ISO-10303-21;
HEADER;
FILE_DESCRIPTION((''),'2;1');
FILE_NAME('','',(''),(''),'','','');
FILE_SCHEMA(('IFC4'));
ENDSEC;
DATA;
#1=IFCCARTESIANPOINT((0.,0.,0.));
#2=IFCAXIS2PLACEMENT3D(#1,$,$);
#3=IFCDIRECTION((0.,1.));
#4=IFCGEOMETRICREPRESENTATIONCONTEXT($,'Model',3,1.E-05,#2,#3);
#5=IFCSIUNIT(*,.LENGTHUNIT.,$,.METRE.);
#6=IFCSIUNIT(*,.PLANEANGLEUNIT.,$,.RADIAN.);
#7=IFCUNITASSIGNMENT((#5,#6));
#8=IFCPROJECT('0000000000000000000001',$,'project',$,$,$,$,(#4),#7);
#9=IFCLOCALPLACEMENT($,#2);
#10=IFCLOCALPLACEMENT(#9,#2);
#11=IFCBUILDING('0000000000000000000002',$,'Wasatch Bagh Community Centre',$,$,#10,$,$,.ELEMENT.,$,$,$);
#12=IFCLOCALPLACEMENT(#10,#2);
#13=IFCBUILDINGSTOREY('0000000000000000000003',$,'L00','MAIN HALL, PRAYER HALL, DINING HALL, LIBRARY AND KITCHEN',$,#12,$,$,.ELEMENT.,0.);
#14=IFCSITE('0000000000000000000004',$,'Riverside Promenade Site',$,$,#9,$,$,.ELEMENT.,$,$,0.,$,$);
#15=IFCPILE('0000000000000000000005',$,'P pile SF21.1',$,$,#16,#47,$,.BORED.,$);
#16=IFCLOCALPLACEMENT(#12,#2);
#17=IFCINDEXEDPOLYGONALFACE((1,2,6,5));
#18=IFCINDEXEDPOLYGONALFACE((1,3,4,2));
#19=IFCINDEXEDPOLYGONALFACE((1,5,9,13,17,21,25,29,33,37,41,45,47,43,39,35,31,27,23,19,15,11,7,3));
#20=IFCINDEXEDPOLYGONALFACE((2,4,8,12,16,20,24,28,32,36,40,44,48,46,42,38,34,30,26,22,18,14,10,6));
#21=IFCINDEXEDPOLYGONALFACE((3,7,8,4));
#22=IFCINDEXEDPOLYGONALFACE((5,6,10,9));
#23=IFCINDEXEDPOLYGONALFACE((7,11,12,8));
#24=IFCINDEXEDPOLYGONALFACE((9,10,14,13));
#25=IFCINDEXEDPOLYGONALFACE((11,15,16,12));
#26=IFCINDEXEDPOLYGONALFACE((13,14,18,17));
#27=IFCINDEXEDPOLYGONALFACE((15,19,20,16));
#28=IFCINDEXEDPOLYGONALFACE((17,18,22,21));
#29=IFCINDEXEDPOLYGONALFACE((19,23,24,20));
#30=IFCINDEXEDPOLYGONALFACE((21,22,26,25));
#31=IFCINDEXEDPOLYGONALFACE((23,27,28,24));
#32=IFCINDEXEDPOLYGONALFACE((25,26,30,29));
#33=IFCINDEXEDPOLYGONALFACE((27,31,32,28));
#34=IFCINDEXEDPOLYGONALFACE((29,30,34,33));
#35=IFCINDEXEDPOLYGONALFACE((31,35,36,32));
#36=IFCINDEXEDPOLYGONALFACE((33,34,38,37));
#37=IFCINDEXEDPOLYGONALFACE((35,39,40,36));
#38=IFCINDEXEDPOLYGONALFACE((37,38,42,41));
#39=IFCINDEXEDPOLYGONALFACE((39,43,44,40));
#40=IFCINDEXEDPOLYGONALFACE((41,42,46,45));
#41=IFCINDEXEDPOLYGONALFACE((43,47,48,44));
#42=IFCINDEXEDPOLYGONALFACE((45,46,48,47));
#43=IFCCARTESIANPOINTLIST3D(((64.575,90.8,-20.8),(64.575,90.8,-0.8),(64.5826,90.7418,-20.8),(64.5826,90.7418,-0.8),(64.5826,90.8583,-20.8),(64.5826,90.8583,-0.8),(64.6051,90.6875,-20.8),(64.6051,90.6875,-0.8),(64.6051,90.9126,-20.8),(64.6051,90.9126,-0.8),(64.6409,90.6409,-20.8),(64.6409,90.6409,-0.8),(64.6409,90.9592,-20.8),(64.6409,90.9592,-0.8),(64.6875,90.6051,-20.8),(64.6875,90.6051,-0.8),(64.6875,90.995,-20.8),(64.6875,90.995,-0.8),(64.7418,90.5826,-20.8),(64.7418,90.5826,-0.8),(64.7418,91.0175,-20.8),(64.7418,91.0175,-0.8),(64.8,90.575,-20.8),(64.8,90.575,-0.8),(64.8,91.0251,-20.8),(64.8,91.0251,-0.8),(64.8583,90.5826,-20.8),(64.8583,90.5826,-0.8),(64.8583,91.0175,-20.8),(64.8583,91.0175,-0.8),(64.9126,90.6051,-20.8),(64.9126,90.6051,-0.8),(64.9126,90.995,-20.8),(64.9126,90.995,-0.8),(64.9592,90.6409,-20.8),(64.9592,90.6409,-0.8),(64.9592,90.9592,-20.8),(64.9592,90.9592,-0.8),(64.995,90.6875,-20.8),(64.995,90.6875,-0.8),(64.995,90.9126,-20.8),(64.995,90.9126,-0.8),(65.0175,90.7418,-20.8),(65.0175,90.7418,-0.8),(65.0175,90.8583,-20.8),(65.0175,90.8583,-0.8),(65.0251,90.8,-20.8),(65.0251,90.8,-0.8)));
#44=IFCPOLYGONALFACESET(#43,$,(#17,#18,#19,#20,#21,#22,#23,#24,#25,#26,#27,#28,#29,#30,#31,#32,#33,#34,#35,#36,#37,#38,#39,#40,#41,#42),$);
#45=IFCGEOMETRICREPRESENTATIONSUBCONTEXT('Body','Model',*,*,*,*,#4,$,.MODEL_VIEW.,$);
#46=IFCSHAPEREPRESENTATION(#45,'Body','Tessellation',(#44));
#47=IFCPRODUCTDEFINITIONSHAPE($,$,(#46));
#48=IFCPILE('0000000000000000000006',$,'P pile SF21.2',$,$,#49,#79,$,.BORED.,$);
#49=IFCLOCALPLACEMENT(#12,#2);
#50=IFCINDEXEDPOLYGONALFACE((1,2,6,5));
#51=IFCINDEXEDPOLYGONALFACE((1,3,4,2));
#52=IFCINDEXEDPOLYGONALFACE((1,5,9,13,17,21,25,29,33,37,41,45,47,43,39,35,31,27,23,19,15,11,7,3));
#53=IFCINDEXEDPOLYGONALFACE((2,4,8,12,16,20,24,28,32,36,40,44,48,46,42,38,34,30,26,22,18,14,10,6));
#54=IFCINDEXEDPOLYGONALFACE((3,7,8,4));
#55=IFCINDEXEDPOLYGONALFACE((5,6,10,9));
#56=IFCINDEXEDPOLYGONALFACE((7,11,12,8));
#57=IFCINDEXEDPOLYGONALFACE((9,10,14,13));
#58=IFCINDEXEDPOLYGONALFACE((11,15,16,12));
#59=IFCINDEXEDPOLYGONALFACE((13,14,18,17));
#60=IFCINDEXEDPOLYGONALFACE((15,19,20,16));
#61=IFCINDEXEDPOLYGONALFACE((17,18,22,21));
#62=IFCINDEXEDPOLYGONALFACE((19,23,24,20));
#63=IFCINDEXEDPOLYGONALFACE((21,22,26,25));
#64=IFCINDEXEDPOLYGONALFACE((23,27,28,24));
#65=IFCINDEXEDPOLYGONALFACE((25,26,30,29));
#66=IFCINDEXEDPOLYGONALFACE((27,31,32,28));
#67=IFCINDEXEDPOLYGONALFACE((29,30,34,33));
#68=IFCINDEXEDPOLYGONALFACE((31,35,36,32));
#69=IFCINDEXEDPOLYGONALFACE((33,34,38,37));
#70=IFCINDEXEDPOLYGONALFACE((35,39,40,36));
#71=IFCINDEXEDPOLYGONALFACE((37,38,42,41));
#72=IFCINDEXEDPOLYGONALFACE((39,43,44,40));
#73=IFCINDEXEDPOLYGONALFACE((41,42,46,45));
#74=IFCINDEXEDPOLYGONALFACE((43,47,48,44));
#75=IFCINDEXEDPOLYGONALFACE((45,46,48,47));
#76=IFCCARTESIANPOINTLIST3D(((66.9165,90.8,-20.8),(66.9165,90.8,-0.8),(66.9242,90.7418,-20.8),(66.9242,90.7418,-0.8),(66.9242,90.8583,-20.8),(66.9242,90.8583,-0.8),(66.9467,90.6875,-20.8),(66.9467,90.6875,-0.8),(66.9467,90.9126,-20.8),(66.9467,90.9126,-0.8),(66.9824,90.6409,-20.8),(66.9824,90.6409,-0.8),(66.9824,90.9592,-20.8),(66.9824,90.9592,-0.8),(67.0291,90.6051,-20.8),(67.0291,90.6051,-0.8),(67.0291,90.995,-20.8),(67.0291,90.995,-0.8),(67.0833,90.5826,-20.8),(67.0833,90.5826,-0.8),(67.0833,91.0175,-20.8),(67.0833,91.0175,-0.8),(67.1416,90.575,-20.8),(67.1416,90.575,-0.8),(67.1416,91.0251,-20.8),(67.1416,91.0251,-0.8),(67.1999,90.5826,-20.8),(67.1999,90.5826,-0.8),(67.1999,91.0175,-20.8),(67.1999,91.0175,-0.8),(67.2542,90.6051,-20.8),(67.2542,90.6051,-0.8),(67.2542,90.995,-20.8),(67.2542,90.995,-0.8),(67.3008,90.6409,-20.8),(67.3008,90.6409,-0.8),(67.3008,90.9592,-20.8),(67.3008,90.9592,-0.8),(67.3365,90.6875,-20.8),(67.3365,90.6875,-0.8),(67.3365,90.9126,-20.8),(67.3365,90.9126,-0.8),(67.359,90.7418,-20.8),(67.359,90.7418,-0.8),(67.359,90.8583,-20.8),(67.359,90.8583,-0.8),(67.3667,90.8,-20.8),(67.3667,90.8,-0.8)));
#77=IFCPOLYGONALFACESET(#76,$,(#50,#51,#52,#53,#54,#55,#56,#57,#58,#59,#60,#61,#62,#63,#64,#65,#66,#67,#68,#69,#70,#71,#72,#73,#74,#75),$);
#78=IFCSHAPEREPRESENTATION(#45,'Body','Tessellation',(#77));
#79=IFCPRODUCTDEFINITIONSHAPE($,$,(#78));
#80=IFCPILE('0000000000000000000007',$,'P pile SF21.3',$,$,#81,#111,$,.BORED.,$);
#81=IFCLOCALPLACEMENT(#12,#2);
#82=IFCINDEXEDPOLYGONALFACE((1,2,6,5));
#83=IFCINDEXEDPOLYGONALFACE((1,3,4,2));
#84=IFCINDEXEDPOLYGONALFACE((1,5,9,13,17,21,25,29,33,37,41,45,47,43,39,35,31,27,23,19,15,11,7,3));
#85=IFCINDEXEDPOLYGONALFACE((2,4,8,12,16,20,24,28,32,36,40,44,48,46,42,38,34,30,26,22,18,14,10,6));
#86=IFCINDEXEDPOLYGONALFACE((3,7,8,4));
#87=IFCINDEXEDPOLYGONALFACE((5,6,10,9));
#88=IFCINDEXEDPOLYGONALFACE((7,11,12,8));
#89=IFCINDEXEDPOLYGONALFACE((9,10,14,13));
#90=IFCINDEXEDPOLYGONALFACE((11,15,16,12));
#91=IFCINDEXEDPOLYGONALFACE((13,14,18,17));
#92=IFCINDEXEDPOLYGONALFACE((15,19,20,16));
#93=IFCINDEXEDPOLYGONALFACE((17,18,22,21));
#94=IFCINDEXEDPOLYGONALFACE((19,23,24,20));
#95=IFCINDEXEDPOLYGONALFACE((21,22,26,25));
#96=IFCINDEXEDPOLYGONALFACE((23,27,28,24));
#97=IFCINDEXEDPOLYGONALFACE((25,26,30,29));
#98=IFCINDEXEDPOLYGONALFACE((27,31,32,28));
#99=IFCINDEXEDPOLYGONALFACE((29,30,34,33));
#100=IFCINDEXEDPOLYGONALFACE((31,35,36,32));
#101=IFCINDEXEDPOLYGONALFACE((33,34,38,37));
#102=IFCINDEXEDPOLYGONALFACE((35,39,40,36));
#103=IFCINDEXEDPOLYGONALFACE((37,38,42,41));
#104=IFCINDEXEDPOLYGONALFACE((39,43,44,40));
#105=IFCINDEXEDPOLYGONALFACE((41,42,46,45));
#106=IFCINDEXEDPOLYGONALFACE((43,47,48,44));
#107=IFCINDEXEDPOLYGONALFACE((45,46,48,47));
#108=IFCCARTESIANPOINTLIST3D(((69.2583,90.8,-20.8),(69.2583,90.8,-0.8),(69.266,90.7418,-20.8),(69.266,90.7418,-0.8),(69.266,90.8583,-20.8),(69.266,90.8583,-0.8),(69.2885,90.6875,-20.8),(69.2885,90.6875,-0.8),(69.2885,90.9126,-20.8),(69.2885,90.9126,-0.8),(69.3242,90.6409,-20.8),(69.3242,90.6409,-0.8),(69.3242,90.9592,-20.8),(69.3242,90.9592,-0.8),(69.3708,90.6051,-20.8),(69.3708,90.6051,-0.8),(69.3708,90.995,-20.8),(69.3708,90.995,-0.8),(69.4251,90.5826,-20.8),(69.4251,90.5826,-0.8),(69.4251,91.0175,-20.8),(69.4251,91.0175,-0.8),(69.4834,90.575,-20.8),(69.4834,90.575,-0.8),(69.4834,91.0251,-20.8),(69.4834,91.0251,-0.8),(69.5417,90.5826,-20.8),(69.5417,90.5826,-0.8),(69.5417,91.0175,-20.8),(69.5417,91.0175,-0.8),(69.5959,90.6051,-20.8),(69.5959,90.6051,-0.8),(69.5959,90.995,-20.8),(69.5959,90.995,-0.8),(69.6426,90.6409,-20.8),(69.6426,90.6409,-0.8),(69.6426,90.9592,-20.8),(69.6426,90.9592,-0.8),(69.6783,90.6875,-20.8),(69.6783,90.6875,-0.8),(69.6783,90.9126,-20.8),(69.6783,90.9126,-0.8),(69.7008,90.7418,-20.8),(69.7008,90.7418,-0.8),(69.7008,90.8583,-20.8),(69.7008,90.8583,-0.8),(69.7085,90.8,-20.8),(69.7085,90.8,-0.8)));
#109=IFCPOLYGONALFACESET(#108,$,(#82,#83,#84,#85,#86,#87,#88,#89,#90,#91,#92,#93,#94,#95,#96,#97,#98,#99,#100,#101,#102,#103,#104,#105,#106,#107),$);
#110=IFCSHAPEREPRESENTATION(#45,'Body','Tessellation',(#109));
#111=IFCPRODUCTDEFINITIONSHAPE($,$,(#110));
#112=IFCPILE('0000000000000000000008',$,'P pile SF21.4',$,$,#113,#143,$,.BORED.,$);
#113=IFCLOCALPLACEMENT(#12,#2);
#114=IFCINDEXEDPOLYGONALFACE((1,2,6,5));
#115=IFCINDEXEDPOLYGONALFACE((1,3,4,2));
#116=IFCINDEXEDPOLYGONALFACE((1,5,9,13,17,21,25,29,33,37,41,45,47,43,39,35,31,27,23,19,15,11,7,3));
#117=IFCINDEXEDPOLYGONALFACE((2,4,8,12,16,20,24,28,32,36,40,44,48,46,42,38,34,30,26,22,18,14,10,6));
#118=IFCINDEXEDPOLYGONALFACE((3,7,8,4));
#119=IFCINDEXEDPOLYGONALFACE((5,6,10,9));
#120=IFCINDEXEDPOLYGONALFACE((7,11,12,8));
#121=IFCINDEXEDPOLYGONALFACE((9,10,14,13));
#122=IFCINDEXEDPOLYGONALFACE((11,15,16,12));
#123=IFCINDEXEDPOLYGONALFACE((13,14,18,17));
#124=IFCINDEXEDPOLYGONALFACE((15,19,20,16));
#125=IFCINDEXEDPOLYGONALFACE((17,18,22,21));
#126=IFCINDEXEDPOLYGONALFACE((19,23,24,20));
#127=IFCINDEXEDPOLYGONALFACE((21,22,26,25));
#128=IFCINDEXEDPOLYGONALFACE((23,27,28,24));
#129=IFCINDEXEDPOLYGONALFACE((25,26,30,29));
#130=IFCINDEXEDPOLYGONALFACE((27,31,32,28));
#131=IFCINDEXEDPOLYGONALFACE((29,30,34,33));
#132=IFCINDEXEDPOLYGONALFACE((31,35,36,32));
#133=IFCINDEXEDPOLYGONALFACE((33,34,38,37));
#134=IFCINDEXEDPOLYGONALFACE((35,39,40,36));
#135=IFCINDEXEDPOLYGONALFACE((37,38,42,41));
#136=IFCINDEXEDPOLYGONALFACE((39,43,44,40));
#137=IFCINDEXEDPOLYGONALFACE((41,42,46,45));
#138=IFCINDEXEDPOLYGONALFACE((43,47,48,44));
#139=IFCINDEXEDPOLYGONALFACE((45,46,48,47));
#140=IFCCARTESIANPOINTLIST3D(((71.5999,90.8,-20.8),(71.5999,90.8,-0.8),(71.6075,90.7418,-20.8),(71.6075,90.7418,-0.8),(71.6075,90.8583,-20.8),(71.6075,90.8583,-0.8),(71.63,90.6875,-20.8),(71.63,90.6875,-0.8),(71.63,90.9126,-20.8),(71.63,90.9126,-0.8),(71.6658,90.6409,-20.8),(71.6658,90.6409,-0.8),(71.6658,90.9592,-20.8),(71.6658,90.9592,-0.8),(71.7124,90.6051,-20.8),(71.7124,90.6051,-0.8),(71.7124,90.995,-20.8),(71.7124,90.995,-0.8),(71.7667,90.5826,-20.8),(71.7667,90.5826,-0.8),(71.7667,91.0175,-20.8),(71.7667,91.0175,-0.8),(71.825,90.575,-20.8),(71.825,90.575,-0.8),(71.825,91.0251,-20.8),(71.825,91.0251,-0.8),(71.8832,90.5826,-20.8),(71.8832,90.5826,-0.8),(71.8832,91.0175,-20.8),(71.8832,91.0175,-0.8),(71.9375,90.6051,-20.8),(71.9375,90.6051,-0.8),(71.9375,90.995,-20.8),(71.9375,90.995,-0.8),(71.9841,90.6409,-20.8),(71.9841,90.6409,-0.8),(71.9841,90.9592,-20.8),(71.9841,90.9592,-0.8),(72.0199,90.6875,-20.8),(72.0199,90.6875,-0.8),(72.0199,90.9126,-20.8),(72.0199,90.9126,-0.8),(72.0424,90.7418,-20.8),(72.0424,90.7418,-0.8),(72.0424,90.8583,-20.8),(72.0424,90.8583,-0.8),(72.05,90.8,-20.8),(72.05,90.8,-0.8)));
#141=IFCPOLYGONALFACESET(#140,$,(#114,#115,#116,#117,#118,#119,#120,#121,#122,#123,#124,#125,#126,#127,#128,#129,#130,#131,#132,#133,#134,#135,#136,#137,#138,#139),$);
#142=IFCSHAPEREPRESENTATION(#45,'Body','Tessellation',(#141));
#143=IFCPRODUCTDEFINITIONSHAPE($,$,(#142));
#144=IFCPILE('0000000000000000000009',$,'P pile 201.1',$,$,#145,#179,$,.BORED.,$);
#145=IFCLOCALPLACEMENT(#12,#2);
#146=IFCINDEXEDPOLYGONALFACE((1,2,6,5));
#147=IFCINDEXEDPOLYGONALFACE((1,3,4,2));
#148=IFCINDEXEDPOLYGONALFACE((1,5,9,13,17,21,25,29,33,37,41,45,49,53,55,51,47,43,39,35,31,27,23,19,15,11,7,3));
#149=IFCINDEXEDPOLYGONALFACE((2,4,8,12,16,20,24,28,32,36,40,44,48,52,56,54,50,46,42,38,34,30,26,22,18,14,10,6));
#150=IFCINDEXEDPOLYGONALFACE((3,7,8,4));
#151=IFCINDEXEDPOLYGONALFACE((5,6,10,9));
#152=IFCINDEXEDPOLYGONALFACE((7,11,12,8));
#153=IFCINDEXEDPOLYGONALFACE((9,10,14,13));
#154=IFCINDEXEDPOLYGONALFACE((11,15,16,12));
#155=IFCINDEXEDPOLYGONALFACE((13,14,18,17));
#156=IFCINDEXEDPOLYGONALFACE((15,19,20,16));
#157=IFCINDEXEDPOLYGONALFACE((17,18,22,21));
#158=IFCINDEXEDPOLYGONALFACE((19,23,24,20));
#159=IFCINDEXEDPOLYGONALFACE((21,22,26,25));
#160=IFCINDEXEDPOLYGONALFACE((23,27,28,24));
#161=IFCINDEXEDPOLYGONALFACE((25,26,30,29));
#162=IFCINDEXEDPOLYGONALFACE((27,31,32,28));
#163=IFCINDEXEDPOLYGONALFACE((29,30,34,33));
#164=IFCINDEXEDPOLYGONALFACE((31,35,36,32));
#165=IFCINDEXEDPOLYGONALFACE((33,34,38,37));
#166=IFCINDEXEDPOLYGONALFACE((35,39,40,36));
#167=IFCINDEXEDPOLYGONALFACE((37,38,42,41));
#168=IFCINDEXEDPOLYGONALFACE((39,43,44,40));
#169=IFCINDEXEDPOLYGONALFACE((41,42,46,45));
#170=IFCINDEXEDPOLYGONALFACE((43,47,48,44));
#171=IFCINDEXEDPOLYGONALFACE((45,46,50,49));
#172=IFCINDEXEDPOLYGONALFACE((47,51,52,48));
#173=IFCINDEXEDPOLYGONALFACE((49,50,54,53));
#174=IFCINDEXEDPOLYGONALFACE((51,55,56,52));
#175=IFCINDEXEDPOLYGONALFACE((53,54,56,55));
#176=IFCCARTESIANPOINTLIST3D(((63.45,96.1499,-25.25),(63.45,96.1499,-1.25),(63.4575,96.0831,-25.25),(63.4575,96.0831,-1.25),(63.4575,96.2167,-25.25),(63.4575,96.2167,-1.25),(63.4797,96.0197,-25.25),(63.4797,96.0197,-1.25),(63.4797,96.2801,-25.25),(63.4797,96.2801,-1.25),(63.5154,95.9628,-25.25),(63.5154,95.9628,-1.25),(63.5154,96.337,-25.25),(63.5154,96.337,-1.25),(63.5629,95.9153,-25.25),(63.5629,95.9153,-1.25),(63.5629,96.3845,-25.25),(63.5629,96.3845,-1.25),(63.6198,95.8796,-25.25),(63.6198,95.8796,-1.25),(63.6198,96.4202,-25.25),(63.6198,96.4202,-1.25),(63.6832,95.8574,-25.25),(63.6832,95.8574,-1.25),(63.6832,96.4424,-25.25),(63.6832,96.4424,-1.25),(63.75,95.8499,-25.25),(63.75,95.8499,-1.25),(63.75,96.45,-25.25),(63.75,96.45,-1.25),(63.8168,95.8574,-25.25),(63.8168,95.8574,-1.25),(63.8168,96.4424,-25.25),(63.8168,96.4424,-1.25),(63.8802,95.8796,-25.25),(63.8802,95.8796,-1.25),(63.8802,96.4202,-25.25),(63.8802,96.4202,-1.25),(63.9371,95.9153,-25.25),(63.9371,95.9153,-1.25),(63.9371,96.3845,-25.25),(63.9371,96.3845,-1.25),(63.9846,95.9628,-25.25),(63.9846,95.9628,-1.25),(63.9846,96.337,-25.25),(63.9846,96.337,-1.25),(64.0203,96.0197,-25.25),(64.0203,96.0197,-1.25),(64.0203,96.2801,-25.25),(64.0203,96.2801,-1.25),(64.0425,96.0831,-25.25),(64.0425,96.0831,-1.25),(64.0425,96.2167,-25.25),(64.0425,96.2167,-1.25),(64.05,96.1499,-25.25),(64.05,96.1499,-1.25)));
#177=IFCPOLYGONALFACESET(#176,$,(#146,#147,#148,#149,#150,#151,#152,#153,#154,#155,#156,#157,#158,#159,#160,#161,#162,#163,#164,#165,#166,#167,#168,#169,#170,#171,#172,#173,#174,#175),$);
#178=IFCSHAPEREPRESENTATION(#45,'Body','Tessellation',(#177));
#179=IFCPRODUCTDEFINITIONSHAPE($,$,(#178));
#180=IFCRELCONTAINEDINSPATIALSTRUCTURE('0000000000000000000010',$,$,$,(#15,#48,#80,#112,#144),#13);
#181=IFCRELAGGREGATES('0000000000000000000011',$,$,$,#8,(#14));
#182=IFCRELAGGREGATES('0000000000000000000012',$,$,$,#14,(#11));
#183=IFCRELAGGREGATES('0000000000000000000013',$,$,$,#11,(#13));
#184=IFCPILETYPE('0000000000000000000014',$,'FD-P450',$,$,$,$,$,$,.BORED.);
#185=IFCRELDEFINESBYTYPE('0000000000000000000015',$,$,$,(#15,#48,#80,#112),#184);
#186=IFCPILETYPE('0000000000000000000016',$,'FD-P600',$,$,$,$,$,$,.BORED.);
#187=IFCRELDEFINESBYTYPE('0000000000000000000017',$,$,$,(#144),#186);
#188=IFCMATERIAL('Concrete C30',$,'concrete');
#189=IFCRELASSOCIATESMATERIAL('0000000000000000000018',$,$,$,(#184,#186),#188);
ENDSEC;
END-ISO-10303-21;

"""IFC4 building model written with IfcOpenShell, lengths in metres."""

from ifc_helpers import new_model, si_unit, direction, frame, origin, origin_2d, place, context, subcontext, project, spatial, circle, extrude, material, material_profile, profile_set, type_object, element, save


model = new_model("IFC4")

# Units and contexts
model_context = context("Model", 3, precision=1e-05, world=origin(), true_north=direction((0.0, 1.0)))
body_context = subcontext(model_context, "Body", "Model", "MODEL_VIEW")
ifc_project = project(units=[si_unit("LENGTHUNIT", "METRE"), si_unit("PLANEANGLEUNIT", "RADIAN")], contexts=[model_context])

# Site, building, storey
site_placement = place(None, origin())
site = spatial("IfcSite", under=ifc_project, at=site_placement, Name="Riverside Promenade Site", CompositionType="ELEMENT", RefElevation=0.0)
building_placement = place(site_placement, origin())
building = spatial("IfcBuilding", under=site, at=building_placement, Name="Wasatch Bagh Community Centre", CompositionType="ELEMENT")
storey_placement = place(building_placement, origin())
storey = spatial("IfcBuildingStorey", under=building, at=storey_placement, Name="L00", Description="MAIN HALL, PRAYER HALL, DINING HALL, LIBRARY AND KITCHEN", CompositionType="ELEMENT", Elevation=0.0)

# Piles
ifc_material_1 = material(Name="Concrete C30", Category="concrete")
ifc_material_profile_1 = material_profile(ifc_material_1, circle(Radius=0.2251, at=origin_2d()), Name="RC D450")
ifc_profile_set_1 = profile_set([ifc_material_profile_1], Name="Concrete C30")
pile_type_1 = type_object("IfcPileType", Name="FD-P450", PredefinedType="BORED", material=ifc_profile_set_1)
for number, where, z_axis, x_axis, name in (
    (1, (64.8, 90.8, -0.8), (0.0, 0.0, -1.0), (1.0, 0.0, 0.0), "P pile SF21.1"),
    (2, (67.1416, 90.8, -0.8), (0.0, 0.0, -1.0), (1.0, 0.0, 0.0), "P pile SF21.2"),
    (3, (69.4834, 90.8, -0.8), (0.0, 0.0, -1.0), (1.0, 0.0, 0.0), "P pile SF21.3"),
    (4, (71.825, 90.8, -0.8), (0.0, 0.0, -1.0), (1.0, 0.0, 0.0), "P pile SF21.4"),
):
    element("IfcPile", number, at=place(storey_placement, frame(where, z_axis=z_axis, x_axis=x_axis)), inside=storey, type_object=pile_type_1, Name=name, PredefinedType="BORED", context=body_context, shape_type="SweptSolid", body=[
        extrude(circle(Radius=0.2251, at=origin_2d()), origin(), (0.0, 0.0, 1.0), 20.0),
    ])
ifc_material_profile_2 = material_profile(ifc_material_1, circle(Radius=0.3, at=origin_2d()), Name="RC D600")
ifc_profile_set_2 = profile_set([ifc_material_profile_2], Name="Concrete C30")
pile_type_2 = type_object("IfcPileType", Name="FD-P600", PredefinedType="BORED", material=ifc_profile_set_2)
for number, where, z_axis, x_axis, name in (
    (5, (63.75, 96.1499, -1.25), (0.0, 0.0, -1.0), (1.0, 0.0, 0.0), "P pile 201.1"),
):
    element("IfcPile", number, at=place(storey_placement, frame(where, z_axis=z_axis, x_axis=x_axis)), inside=storey, type_object=pile_type_2, Name=name, PredefinedType="BORED", context=body_context, shape_type="SweptSolid", body=[
        extrude(circle(Radius=0.3, at=origin_2d()), origin(), (0.0, 0.0, 1.0), 24.0),
    ])

save(model, "model.ifc")
